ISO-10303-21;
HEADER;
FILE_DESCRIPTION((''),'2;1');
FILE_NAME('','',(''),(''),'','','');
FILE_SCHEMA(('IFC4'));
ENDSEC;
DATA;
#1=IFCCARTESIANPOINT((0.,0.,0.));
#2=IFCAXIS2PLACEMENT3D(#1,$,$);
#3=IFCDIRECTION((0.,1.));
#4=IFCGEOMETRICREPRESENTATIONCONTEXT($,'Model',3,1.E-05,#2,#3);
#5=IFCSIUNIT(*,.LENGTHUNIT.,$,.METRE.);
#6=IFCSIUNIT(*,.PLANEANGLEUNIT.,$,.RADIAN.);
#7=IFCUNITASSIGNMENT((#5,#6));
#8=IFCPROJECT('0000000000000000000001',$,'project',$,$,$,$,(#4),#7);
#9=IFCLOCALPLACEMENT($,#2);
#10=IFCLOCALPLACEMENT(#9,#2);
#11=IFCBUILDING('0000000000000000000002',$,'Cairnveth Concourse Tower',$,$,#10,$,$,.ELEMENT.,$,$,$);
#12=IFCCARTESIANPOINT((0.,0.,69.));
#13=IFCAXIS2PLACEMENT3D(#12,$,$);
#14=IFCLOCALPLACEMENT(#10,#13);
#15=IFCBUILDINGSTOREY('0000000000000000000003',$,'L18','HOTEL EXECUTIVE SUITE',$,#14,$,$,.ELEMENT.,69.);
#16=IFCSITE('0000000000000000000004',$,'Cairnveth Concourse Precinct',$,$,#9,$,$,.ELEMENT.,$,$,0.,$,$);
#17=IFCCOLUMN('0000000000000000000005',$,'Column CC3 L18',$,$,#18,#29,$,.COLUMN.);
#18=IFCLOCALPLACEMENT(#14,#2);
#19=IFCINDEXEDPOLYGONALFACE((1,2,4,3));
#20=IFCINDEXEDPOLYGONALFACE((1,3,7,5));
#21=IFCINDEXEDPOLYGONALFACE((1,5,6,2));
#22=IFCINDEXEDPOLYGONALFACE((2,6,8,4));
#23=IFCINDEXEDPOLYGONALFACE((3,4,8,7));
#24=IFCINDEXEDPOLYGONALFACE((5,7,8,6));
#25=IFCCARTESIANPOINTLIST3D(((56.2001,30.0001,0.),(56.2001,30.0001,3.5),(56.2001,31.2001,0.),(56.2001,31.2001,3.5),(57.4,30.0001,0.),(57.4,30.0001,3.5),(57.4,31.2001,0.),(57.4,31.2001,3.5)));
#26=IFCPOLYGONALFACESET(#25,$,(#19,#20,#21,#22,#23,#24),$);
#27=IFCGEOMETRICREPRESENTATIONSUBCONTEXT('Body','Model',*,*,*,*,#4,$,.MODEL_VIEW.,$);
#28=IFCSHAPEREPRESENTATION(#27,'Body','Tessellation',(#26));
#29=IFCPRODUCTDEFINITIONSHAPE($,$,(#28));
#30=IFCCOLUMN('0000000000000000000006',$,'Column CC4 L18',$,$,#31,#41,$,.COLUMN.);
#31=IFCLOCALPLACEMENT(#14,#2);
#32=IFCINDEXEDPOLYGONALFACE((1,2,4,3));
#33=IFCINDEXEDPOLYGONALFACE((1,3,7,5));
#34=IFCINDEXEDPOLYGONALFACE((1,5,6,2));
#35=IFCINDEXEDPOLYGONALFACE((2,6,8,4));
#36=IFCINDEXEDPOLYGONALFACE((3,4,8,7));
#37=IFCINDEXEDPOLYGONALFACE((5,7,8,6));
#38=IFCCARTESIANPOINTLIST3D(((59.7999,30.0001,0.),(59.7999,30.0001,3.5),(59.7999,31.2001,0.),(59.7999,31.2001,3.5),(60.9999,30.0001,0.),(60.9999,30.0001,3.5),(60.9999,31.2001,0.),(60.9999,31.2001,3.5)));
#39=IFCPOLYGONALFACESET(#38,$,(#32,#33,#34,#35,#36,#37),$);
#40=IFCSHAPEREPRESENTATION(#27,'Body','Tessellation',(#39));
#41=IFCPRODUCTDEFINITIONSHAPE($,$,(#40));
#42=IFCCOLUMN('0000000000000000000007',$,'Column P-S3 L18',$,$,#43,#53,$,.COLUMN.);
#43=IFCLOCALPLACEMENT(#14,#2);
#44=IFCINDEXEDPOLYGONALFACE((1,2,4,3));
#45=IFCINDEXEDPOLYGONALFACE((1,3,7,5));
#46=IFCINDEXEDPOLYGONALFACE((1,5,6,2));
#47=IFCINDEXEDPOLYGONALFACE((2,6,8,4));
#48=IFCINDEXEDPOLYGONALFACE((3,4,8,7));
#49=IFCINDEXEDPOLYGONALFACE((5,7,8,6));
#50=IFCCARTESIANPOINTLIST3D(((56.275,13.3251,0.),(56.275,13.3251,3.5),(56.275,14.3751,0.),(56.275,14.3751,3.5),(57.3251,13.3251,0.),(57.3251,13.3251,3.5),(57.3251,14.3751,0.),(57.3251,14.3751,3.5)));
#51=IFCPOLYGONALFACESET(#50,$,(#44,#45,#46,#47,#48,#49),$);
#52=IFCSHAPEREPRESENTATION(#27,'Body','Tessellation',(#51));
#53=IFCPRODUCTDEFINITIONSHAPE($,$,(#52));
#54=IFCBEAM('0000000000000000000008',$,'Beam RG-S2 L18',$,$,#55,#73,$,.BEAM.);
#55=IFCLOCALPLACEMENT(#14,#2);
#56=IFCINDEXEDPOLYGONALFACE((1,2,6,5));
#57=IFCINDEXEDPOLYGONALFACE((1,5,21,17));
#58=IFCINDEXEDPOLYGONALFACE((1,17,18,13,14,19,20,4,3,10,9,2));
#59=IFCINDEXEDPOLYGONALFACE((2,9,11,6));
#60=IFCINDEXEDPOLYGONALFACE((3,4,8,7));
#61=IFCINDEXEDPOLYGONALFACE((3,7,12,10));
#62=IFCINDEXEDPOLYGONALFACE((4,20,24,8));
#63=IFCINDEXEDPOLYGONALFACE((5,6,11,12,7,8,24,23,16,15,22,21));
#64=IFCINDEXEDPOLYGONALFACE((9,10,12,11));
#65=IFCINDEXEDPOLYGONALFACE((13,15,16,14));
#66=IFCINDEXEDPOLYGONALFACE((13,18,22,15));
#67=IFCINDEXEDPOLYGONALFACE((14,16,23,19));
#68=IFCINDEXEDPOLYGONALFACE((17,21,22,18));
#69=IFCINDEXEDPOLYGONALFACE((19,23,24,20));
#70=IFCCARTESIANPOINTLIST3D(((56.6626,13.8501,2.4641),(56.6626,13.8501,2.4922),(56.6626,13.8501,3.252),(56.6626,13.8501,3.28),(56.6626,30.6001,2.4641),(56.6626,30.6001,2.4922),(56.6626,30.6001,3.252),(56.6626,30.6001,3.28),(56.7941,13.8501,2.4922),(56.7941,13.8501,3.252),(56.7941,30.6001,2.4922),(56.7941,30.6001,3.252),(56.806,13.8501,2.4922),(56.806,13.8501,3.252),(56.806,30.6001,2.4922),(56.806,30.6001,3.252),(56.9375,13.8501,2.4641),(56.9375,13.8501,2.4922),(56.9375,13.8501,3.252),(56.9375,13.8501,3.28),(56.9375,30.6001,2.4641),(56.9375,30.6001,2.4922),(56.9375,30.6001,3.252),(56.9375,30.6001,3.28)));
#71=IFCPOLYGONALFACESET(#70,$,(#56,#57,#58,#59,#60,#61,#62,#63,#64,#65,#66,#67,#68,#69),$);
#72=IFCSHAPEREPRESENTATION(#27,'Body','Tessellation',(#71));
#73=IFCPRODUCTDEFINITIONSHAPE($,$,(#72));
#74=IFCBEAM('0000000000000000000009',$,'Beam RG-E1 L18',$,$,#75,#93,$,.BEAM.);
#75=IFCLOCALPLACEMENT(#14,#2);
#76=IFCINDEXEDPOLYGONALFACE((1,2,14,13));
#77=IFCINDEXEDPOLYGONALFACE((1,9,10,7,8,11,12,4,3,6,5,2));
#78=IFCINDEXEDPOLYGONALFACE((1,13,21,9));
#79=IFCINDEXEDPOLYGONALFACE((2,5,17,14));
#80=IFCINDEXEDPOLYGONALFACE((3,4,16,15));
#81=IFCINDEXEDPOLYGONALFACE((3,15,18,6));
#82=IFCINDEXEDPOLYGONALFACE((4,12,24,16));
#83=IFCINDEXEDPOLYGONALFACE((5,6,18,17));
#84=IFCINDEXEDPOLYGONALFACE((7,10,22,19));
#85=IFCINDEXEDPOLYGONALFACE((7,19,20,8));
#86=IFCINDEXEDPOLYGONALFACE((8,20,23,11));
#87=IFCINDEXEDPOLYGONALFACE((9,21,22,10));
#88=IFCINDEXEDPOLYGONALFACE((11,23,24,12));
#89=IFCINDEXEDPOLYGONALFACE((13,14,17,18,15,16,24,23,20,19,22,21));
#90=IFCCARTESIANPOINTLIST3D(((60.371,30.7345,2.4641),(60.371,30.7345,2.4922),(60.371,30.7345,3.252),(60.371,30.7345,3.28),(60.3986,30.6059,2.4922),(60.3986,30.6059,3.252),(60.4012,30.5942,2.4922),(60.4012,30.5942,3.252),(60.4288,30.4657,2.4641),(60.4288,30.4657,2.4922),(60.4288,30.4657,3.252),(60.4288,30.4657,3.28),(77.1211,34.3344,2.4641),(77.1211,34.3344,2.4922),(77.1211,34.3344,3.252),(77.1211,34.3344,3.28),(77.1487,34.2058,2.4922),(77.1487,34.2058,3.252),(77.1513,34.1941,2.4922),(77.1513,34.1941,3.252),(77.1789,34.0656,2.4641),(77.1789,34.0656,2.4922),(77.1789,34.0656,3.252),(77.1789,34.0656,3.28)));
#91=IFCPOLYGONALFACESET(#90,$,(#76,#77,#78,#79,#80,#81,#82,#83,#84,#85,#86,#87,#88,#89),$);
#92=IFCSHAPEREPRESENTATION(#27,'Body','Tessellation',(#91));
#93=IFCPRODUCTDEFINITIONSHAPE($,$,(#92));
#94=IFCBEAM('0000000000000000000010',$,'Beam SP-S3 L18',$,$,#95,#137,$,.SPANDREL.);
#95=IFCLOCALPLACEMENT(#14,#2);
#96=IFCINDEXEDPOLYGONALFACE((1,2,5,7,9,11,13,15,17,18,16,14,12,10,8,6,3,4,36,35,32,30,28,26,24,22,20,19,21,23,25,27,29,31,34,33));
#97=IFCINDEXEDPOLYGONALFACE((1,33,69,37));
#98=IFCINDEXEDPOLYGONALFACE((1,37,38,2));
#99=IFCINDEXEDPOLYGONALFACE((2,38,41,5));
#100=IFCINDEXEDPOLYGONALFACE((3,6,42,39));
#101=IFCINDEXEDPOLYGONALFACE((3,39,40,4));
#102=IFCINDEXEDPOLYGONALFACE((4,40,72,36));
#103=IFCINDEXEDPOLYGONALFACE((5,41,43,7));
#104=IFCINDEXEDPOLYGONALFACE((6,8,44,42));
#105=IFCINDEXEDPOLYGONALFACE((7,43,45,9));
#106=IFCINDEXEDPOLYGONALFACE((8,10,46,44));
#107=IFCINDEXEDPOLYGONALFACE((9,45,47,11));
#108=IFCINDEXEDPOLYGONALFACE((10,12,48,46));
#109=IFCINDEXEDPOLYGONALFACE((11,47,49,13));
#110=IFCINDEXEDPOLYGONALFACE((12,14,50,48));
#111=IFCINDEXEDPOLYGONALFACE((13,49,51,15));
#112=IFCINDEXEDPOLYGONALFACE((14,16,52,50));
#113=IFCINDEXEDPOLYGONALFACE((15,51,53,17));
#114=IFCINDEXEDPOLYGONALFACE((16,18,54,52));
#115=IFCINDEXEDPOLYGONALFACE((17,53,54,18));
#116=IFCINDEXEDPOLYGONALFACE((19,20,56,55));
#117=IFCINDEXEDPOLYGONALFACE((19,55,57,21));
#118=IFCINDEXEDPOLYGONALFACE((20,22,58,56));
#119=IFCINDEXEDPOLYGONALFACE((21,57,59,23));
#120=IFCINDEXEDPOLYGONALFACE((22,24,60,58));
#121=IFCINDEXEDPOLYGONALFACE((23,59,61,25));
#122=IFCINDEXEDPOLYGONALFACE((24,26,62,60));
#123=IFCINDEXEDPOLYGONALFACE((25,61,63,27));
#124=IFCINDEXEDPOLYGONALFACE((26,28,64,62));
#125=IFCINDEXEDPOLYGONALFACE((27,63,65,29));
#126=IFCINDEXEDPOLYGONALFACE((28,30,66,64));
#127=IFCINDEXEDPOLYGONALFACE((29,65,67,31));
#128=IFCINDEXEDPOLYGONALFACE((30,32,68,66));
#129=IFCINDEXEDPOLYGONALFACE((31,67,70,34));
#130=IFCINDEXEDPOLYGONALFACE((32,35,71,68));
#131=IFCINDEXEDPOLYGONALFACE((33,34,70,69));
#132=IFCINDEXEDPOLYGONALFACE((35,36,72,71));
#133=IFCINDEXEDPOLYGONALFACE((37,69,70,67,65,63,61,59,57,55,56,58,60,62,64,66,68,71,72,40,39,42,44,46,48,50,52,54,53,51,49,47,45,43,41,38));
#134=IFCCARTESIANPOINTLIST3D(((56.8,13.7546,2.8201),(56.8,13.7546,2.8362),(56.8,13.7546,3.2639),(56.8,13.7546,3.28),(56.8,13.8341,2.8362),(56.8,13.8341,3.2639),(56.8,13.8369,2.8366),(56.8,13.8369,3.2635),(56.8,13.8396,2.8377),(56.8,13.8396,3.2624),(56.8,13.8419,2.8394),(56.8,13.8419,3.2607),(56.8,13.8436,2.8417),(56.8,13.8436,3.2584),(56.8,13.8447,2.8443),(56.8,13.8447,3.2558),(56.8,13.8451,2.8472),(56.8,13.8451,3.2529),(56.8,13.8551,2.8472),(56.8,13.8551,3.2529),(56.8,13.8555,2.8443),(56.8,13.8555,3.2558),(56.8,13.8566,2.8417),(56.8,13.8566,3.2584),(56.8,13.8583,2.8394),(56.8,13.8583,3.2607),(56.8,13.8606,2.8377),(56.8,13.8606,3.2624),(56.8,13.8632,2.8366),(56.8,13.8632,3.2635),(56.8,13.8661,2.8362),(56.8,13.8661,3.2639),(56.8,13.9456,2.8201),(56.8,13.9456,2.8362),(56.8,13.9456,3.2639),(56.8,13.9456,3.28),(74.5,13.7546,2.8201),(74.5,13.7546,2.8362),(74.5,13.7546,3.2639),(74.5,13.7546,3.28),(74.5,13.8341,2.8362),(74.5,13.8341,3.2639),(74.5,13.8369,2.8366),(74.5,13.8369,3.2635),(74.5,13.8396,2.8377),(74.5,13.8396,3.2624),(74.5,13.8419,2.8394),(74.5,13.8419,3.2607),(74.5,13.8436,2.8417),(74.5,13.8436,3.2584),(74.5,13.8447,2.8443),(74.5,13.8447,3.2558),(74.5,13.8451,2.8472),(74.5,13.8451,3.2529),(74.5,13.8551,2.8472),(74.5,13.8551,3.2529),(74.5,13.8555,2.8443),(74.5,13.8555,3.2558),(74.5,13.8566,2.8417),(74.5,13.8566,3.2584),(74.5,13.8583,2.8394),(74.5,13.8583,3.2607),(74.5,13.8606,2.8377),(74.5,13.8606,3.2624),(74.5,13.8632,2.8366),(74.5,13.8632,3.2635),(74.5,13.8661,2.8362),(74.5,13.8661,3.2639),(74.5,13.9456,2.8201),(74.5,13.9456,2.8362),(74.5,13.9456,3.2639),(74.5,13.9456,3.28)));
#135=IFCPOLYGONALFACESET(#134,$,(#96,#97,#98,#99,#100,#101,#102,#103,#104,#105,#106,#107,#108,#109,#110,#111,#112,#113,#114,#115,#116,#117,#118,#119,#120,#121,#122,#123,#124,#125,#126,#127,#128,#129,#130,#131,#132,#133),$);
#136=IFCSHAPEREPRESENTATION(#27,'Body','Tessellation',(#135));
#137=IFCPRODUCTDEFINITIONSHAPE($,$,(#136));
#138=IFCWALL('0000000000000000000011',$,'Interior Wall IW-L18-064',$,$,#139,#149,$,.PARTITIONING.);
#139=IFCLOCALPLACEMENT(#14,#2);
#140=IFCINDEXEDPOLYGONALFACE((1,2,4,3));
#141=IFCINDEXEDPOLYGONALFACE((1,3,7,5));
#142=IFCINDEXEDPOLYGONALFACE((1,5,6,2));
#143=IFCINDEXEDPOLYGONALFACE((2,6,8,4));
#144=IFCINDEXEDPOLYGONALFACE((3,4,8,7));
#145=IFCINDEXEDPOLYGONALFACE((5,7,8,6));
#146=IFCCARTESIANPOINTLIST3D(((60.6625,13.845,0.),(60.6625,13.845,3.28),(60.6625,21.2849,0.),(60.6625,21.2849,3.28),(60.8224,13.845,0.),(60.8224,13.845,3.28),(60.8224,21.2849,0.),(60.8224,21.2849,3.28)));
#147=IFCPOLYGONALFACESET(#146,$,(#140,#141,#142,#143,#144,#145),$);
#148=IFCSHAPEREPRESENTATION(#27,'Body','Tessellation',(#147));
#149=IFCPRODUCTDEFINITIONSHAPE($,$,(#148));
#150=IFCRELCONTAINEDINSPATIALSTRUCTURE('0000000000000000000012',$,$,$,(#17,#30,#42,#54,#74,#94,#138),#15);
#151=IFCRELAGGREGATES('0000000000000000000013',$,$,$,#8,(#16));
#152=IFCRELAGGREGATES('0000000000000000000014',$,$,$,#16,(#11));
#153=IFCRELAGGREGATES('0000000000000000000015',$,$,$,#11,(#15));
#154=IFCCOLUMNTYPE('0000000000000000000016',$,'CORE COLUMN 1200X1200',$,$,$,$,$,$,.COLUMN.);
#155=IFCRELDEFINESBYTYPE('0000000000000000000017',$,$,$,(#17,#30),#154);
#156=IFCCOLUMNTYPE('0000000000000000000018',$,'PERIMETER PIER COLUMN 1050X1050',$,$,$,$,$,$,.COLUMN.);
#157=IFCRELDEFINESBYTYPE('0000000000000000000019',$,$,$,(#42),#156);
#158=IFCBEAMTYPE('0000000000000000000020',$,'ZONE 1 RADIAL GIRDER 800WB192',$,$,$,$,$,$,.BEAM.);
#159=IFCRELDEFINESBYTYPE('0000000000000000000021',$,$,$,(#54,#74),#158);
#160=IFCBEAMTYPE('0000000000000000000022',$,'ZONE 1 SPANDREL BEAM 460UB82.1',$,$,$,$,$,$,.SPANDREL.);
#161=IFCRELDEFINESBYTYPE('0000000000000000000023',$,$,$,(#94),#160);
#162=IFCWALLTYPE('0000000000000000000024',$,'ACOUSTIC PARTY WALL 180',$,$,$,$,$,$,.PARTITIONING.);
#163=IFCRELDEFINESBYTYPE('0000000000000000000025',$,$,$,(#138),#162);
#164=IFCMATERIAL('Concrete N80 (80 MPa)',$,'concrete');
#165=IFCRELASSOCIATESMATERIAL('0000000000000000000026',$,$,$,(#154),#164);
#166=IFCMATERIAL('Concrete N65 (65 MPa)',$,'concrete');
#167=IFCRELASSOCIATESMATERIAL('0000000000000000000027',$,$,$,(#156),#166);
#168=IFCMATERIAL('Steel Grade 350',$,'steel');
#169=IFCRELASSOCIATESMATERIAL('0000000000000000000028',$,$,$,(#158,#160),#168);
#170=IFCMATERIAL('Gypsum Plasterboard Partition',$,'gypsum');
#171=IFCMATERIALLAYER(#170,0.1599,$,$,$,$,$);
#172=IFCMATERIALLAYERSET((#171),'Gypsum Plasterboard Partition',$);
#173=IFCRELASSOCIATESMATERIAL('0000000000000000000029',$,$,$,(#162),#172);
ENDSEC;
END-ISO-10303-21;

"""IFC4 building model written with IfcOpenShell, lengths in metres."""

from ifc_helpers import new_model, si_unit, direction, frame, frame_2d, origin, origin_2d, place, context, subcontext, project, spatial, rectangle, i_section, extrude, material, layer, layer_set, material_profile, profile_set, type_object, element, save


model = new_model("IFC4")

# Units and contexts
model_context = context("Model", 3, precision=1e-05, world=origin(), true_north=direction((0.0, 1.0)))
body_context = subcontext(model_context, "Body", "Model", "MODEL_VIEW")
ifc_project = project(units=[si_unit("LENGTHUNIT", "METRE"), si_unit("PLANEANGLEUNIT", "RADIAN")], contexts=[model_context])

# Site, building, storey
site_placement = place(None, origin())
site = spatial("IfcSite", under=ifc_project, at=site_placement, Name="Cairnveth Concourse Precinct", CompositionType="ELEMENT", RefElevation=0.0)
building_placement = place(site_placement, origin())
building = spatial("IfcBuilding", under=site, at=building_placement, Name="Cairnveth Concourse Tower", CompositionType="ELEMENT")
storey_placement = place(building_placement, frame((0.0, 0.0, 69.0)))
storey = spatial("IfcBuildingStorey", under=building, at=storey_placement, Name="L18", Description="HOTEL EXECUTIVE SUITE", CompositionType="ELEMENT", Elevation=69.0)

# Columns
ifc_material_1 = material(Name="Concrete N80 (80 MPa)", Category="concrete")
ifc_material_profile_1 = material_profile(ifc_material_1, rectangle(XDim=1.2, YDim=1.2, at=origin_2d()), Name="RC-COL-1200x1200")
ifc_profile_set_1 = profile_set([ifc_material_profile_1], Name="Concrete N80 (80 MPa)")
column_type_1 = type_object("IfcColumnType", Name="CORE COLUMN 1200X1200", PredefinedType="COLUMN", material=ifc_profile_set_1)
for number, where, z_axis, x_axis, name in (
    (1, (56.8, 30.6001, 0.0), (0.0, 0.0, 1.0), (1.0, 0.0, 0.0), "Column CC3 L18"),
    (2, (60.3999, 30.6001, 0.0), (0.0, 0.0, 1.0), (1.0, 0.0, 0.0), "Column CC4 L18"),
):
    element("IfcColumn", number, at=place(storey_placement, frame(where, z_axis=z_axis, x_axis=x_axis)), inside=storey, type_object=column_type_1, Name=name, PredefinedType="COLUMN", context=body_context, shape_type="SweptSolid", body=[
        extrude(rectangle(XDim=1.2, YDim=1.2, at=origin_2d()), origin(), (0.0, 0.0, 1.0), 3.5),
    ])
ifc_material_2 = material(Name="Concrete N65 (65 MPa)", Category="concrete")
ifc_material_profile_2 = material_profile(ifc_material_2, rectangle(XDim=1.05, YDim=1.05, at=origin_2d()), Name="RC-COL-1050x1050")
ifc_profile_set_2 = profile_set([ifc_material_profile_2], Name="Concrete N65 (65 MPa)")
column_type_2 = type_object("IfcColumnType", Name="PERIMETER PIER COLUMN 1050X1050", PredefinedType="COLUMN", material=ifc_profile_set_2)
column_placement = place(storey_placement, frame((56.8, 13.8501, 0.0), z_axis=(0.0, 0.0, 1.0), x_axis=(1.0, 0.0, 0.0)))
element("IfcColumn", 3, at=column_placement, inside=storey, type_object=column_type_2, Name="Column P-S3 L18", PredefinedType="COLUMN", context=body_context, shape_type="SweptSolid", body=[
    extrude(rectangle(XDim=1.05, YDim=1.05, at=origin_2d()), origin(), (0.0, 0.0, 1.0), 3.5),
])

# Beams
ifc_material_3 = material(Name="Steel Grade 350", Category="steel")
ifc_material_profile_3 = material_profile(ifc_material_3, i_section(OverallWidth=0.2749, OverallDepth=0.8159, WebThickness=0.012, FlangeThickness=0.0281, at=origin_2d()), Name="800WB192")
ifc_profile_set_3 = profile_set([ifc_material_profile_3], Name="Steel Grade 350")
beam_type_1 = type_object("IfcBeamType", Name="ZONE 1 RADIAL GIRDER 800WB192", PredefinedType="BEAM", material=ifc_profile_set_3)
beam_1_placement = place(storey_placement, frame((56.8, 13.8501, 2.8721), z_axis=(0.0, 1.0, 0.0), x_axis=(-1.0, 0.0, 0.0)))
element("IfcBeam", 4, at=beam_1_placement, inside=storey, type_object=beam_type_1, Name="Beam RG-S2 L18", PredefinedType="BEAM", context=body_context, shape_type="SweptSolid", body=[
    extrude(i_section(OverallWidth=0.2749, OverallDepth=0.8159, WebThickness=0.012, FlangeThickness=0.0281, at=origin_2d()), origin(), (0.0, 0.0, 1.0), 16.75),
])
beam_2_placement = place(storey_placement, frame((60.3999, 30.6001, 2.8721), z_axis=(0.977676, 0.210119, 0.0), x_axis=(-0.210119, 0.977676, 0.0)))
element("IfcBeam", 5, at=beam_2_placement, inside=storey, type_object=beam_type_1, Name="Beam RG-E1 L18", PredefinedType="BEAM", context=body_context, shape_type="SweptSolid", body=[
    extrude(i_section(OverallWidth=0.2749, OverallDepth=0.8159, WebThickness=0.012, FlangeThickness=0.0281, at=origin_2d()), origin(), (0.0, 0.0, 1.0), 17.1326),
])
ifc_material_profile_4 = material_profile(ifc_material_3, i_section(OverallWidth=0.1909, OverallDepth=0.46, WebThickness=0.01, FlangeThickness=0.0161, FilletRadius=0.011, at=origin_2d()), Name="460UB82.1")
ifc_profile_set_4 = profile_set([ifc_material_profile_4], Name="Steel Grade 350")
beam_type_2 = type_object("IfcBeamType", Name="ZONE 1 SPANDREL BEAM 460UB82.1", PredefinedType="SPANDREL", material=ifc_profile_set_4)
beam_3_placement = place(storey_placement, frame((56.8, 13.8501, 3.05), z_axis=(1.0, 0.0, 0.0), x_axis=(0.0, 1.0, 0.0)))
element("IfcBeam", 6, at=beam_3_placement, inside=storey, type_object=beam_type_2, Name="Beam SP-S3 L18", PredefinedType="SPANDREL", context=body_context, shape_type="SweptSolid", body=[
    extrude(i_section(OverallWidth=0.1909, OverallDepth=0.46, WebThickness=0.01, FlangeThickness=0.0161, FilletRadius=0.011, at=origin_2d()), origin(), (0.0, 0.0, 1.0), 17.7),
])

# Wall
ifc_material_4 = material(Name="Gypsum Plasterboard Partition", Category="gypsum")
ifc_layer_1 = layer(ifc_material_4, 0.1599)
ifc_layer_set_1 = layer_set([ifc_layer_1], Name="Gypsum Plasterboard Partition")
wall_type_1 = type_object("IfcWallType", Name="ACOUSTIC PARTY WALL 180", PredefinedType="PARTITIONING", material=ifc_layer_set_1)
wall_1_placement = place(storey_placement, frame((60.7424, 13.845, 0.0), z_axis=(0.0, 0.0, 1.0), x_axis=(0.0, 1.0, 0.0)))
element("IfcWall", 7, at=wall_1_placement, inside=storey, type_object=wall_type_1, Name="Interior Wall IW-L18-064", PredefinedType="PARTITIONING", context=body_context, shape_type="SweptSolid", body=[
    extrude(rectangle(XDim=7.4399, YDim=0.1599, at=frame_2d((3.72, 0.0))), origin(), (0.0, 0.0, 1.0), 3.28),
])

save(model, "model.ifc")
